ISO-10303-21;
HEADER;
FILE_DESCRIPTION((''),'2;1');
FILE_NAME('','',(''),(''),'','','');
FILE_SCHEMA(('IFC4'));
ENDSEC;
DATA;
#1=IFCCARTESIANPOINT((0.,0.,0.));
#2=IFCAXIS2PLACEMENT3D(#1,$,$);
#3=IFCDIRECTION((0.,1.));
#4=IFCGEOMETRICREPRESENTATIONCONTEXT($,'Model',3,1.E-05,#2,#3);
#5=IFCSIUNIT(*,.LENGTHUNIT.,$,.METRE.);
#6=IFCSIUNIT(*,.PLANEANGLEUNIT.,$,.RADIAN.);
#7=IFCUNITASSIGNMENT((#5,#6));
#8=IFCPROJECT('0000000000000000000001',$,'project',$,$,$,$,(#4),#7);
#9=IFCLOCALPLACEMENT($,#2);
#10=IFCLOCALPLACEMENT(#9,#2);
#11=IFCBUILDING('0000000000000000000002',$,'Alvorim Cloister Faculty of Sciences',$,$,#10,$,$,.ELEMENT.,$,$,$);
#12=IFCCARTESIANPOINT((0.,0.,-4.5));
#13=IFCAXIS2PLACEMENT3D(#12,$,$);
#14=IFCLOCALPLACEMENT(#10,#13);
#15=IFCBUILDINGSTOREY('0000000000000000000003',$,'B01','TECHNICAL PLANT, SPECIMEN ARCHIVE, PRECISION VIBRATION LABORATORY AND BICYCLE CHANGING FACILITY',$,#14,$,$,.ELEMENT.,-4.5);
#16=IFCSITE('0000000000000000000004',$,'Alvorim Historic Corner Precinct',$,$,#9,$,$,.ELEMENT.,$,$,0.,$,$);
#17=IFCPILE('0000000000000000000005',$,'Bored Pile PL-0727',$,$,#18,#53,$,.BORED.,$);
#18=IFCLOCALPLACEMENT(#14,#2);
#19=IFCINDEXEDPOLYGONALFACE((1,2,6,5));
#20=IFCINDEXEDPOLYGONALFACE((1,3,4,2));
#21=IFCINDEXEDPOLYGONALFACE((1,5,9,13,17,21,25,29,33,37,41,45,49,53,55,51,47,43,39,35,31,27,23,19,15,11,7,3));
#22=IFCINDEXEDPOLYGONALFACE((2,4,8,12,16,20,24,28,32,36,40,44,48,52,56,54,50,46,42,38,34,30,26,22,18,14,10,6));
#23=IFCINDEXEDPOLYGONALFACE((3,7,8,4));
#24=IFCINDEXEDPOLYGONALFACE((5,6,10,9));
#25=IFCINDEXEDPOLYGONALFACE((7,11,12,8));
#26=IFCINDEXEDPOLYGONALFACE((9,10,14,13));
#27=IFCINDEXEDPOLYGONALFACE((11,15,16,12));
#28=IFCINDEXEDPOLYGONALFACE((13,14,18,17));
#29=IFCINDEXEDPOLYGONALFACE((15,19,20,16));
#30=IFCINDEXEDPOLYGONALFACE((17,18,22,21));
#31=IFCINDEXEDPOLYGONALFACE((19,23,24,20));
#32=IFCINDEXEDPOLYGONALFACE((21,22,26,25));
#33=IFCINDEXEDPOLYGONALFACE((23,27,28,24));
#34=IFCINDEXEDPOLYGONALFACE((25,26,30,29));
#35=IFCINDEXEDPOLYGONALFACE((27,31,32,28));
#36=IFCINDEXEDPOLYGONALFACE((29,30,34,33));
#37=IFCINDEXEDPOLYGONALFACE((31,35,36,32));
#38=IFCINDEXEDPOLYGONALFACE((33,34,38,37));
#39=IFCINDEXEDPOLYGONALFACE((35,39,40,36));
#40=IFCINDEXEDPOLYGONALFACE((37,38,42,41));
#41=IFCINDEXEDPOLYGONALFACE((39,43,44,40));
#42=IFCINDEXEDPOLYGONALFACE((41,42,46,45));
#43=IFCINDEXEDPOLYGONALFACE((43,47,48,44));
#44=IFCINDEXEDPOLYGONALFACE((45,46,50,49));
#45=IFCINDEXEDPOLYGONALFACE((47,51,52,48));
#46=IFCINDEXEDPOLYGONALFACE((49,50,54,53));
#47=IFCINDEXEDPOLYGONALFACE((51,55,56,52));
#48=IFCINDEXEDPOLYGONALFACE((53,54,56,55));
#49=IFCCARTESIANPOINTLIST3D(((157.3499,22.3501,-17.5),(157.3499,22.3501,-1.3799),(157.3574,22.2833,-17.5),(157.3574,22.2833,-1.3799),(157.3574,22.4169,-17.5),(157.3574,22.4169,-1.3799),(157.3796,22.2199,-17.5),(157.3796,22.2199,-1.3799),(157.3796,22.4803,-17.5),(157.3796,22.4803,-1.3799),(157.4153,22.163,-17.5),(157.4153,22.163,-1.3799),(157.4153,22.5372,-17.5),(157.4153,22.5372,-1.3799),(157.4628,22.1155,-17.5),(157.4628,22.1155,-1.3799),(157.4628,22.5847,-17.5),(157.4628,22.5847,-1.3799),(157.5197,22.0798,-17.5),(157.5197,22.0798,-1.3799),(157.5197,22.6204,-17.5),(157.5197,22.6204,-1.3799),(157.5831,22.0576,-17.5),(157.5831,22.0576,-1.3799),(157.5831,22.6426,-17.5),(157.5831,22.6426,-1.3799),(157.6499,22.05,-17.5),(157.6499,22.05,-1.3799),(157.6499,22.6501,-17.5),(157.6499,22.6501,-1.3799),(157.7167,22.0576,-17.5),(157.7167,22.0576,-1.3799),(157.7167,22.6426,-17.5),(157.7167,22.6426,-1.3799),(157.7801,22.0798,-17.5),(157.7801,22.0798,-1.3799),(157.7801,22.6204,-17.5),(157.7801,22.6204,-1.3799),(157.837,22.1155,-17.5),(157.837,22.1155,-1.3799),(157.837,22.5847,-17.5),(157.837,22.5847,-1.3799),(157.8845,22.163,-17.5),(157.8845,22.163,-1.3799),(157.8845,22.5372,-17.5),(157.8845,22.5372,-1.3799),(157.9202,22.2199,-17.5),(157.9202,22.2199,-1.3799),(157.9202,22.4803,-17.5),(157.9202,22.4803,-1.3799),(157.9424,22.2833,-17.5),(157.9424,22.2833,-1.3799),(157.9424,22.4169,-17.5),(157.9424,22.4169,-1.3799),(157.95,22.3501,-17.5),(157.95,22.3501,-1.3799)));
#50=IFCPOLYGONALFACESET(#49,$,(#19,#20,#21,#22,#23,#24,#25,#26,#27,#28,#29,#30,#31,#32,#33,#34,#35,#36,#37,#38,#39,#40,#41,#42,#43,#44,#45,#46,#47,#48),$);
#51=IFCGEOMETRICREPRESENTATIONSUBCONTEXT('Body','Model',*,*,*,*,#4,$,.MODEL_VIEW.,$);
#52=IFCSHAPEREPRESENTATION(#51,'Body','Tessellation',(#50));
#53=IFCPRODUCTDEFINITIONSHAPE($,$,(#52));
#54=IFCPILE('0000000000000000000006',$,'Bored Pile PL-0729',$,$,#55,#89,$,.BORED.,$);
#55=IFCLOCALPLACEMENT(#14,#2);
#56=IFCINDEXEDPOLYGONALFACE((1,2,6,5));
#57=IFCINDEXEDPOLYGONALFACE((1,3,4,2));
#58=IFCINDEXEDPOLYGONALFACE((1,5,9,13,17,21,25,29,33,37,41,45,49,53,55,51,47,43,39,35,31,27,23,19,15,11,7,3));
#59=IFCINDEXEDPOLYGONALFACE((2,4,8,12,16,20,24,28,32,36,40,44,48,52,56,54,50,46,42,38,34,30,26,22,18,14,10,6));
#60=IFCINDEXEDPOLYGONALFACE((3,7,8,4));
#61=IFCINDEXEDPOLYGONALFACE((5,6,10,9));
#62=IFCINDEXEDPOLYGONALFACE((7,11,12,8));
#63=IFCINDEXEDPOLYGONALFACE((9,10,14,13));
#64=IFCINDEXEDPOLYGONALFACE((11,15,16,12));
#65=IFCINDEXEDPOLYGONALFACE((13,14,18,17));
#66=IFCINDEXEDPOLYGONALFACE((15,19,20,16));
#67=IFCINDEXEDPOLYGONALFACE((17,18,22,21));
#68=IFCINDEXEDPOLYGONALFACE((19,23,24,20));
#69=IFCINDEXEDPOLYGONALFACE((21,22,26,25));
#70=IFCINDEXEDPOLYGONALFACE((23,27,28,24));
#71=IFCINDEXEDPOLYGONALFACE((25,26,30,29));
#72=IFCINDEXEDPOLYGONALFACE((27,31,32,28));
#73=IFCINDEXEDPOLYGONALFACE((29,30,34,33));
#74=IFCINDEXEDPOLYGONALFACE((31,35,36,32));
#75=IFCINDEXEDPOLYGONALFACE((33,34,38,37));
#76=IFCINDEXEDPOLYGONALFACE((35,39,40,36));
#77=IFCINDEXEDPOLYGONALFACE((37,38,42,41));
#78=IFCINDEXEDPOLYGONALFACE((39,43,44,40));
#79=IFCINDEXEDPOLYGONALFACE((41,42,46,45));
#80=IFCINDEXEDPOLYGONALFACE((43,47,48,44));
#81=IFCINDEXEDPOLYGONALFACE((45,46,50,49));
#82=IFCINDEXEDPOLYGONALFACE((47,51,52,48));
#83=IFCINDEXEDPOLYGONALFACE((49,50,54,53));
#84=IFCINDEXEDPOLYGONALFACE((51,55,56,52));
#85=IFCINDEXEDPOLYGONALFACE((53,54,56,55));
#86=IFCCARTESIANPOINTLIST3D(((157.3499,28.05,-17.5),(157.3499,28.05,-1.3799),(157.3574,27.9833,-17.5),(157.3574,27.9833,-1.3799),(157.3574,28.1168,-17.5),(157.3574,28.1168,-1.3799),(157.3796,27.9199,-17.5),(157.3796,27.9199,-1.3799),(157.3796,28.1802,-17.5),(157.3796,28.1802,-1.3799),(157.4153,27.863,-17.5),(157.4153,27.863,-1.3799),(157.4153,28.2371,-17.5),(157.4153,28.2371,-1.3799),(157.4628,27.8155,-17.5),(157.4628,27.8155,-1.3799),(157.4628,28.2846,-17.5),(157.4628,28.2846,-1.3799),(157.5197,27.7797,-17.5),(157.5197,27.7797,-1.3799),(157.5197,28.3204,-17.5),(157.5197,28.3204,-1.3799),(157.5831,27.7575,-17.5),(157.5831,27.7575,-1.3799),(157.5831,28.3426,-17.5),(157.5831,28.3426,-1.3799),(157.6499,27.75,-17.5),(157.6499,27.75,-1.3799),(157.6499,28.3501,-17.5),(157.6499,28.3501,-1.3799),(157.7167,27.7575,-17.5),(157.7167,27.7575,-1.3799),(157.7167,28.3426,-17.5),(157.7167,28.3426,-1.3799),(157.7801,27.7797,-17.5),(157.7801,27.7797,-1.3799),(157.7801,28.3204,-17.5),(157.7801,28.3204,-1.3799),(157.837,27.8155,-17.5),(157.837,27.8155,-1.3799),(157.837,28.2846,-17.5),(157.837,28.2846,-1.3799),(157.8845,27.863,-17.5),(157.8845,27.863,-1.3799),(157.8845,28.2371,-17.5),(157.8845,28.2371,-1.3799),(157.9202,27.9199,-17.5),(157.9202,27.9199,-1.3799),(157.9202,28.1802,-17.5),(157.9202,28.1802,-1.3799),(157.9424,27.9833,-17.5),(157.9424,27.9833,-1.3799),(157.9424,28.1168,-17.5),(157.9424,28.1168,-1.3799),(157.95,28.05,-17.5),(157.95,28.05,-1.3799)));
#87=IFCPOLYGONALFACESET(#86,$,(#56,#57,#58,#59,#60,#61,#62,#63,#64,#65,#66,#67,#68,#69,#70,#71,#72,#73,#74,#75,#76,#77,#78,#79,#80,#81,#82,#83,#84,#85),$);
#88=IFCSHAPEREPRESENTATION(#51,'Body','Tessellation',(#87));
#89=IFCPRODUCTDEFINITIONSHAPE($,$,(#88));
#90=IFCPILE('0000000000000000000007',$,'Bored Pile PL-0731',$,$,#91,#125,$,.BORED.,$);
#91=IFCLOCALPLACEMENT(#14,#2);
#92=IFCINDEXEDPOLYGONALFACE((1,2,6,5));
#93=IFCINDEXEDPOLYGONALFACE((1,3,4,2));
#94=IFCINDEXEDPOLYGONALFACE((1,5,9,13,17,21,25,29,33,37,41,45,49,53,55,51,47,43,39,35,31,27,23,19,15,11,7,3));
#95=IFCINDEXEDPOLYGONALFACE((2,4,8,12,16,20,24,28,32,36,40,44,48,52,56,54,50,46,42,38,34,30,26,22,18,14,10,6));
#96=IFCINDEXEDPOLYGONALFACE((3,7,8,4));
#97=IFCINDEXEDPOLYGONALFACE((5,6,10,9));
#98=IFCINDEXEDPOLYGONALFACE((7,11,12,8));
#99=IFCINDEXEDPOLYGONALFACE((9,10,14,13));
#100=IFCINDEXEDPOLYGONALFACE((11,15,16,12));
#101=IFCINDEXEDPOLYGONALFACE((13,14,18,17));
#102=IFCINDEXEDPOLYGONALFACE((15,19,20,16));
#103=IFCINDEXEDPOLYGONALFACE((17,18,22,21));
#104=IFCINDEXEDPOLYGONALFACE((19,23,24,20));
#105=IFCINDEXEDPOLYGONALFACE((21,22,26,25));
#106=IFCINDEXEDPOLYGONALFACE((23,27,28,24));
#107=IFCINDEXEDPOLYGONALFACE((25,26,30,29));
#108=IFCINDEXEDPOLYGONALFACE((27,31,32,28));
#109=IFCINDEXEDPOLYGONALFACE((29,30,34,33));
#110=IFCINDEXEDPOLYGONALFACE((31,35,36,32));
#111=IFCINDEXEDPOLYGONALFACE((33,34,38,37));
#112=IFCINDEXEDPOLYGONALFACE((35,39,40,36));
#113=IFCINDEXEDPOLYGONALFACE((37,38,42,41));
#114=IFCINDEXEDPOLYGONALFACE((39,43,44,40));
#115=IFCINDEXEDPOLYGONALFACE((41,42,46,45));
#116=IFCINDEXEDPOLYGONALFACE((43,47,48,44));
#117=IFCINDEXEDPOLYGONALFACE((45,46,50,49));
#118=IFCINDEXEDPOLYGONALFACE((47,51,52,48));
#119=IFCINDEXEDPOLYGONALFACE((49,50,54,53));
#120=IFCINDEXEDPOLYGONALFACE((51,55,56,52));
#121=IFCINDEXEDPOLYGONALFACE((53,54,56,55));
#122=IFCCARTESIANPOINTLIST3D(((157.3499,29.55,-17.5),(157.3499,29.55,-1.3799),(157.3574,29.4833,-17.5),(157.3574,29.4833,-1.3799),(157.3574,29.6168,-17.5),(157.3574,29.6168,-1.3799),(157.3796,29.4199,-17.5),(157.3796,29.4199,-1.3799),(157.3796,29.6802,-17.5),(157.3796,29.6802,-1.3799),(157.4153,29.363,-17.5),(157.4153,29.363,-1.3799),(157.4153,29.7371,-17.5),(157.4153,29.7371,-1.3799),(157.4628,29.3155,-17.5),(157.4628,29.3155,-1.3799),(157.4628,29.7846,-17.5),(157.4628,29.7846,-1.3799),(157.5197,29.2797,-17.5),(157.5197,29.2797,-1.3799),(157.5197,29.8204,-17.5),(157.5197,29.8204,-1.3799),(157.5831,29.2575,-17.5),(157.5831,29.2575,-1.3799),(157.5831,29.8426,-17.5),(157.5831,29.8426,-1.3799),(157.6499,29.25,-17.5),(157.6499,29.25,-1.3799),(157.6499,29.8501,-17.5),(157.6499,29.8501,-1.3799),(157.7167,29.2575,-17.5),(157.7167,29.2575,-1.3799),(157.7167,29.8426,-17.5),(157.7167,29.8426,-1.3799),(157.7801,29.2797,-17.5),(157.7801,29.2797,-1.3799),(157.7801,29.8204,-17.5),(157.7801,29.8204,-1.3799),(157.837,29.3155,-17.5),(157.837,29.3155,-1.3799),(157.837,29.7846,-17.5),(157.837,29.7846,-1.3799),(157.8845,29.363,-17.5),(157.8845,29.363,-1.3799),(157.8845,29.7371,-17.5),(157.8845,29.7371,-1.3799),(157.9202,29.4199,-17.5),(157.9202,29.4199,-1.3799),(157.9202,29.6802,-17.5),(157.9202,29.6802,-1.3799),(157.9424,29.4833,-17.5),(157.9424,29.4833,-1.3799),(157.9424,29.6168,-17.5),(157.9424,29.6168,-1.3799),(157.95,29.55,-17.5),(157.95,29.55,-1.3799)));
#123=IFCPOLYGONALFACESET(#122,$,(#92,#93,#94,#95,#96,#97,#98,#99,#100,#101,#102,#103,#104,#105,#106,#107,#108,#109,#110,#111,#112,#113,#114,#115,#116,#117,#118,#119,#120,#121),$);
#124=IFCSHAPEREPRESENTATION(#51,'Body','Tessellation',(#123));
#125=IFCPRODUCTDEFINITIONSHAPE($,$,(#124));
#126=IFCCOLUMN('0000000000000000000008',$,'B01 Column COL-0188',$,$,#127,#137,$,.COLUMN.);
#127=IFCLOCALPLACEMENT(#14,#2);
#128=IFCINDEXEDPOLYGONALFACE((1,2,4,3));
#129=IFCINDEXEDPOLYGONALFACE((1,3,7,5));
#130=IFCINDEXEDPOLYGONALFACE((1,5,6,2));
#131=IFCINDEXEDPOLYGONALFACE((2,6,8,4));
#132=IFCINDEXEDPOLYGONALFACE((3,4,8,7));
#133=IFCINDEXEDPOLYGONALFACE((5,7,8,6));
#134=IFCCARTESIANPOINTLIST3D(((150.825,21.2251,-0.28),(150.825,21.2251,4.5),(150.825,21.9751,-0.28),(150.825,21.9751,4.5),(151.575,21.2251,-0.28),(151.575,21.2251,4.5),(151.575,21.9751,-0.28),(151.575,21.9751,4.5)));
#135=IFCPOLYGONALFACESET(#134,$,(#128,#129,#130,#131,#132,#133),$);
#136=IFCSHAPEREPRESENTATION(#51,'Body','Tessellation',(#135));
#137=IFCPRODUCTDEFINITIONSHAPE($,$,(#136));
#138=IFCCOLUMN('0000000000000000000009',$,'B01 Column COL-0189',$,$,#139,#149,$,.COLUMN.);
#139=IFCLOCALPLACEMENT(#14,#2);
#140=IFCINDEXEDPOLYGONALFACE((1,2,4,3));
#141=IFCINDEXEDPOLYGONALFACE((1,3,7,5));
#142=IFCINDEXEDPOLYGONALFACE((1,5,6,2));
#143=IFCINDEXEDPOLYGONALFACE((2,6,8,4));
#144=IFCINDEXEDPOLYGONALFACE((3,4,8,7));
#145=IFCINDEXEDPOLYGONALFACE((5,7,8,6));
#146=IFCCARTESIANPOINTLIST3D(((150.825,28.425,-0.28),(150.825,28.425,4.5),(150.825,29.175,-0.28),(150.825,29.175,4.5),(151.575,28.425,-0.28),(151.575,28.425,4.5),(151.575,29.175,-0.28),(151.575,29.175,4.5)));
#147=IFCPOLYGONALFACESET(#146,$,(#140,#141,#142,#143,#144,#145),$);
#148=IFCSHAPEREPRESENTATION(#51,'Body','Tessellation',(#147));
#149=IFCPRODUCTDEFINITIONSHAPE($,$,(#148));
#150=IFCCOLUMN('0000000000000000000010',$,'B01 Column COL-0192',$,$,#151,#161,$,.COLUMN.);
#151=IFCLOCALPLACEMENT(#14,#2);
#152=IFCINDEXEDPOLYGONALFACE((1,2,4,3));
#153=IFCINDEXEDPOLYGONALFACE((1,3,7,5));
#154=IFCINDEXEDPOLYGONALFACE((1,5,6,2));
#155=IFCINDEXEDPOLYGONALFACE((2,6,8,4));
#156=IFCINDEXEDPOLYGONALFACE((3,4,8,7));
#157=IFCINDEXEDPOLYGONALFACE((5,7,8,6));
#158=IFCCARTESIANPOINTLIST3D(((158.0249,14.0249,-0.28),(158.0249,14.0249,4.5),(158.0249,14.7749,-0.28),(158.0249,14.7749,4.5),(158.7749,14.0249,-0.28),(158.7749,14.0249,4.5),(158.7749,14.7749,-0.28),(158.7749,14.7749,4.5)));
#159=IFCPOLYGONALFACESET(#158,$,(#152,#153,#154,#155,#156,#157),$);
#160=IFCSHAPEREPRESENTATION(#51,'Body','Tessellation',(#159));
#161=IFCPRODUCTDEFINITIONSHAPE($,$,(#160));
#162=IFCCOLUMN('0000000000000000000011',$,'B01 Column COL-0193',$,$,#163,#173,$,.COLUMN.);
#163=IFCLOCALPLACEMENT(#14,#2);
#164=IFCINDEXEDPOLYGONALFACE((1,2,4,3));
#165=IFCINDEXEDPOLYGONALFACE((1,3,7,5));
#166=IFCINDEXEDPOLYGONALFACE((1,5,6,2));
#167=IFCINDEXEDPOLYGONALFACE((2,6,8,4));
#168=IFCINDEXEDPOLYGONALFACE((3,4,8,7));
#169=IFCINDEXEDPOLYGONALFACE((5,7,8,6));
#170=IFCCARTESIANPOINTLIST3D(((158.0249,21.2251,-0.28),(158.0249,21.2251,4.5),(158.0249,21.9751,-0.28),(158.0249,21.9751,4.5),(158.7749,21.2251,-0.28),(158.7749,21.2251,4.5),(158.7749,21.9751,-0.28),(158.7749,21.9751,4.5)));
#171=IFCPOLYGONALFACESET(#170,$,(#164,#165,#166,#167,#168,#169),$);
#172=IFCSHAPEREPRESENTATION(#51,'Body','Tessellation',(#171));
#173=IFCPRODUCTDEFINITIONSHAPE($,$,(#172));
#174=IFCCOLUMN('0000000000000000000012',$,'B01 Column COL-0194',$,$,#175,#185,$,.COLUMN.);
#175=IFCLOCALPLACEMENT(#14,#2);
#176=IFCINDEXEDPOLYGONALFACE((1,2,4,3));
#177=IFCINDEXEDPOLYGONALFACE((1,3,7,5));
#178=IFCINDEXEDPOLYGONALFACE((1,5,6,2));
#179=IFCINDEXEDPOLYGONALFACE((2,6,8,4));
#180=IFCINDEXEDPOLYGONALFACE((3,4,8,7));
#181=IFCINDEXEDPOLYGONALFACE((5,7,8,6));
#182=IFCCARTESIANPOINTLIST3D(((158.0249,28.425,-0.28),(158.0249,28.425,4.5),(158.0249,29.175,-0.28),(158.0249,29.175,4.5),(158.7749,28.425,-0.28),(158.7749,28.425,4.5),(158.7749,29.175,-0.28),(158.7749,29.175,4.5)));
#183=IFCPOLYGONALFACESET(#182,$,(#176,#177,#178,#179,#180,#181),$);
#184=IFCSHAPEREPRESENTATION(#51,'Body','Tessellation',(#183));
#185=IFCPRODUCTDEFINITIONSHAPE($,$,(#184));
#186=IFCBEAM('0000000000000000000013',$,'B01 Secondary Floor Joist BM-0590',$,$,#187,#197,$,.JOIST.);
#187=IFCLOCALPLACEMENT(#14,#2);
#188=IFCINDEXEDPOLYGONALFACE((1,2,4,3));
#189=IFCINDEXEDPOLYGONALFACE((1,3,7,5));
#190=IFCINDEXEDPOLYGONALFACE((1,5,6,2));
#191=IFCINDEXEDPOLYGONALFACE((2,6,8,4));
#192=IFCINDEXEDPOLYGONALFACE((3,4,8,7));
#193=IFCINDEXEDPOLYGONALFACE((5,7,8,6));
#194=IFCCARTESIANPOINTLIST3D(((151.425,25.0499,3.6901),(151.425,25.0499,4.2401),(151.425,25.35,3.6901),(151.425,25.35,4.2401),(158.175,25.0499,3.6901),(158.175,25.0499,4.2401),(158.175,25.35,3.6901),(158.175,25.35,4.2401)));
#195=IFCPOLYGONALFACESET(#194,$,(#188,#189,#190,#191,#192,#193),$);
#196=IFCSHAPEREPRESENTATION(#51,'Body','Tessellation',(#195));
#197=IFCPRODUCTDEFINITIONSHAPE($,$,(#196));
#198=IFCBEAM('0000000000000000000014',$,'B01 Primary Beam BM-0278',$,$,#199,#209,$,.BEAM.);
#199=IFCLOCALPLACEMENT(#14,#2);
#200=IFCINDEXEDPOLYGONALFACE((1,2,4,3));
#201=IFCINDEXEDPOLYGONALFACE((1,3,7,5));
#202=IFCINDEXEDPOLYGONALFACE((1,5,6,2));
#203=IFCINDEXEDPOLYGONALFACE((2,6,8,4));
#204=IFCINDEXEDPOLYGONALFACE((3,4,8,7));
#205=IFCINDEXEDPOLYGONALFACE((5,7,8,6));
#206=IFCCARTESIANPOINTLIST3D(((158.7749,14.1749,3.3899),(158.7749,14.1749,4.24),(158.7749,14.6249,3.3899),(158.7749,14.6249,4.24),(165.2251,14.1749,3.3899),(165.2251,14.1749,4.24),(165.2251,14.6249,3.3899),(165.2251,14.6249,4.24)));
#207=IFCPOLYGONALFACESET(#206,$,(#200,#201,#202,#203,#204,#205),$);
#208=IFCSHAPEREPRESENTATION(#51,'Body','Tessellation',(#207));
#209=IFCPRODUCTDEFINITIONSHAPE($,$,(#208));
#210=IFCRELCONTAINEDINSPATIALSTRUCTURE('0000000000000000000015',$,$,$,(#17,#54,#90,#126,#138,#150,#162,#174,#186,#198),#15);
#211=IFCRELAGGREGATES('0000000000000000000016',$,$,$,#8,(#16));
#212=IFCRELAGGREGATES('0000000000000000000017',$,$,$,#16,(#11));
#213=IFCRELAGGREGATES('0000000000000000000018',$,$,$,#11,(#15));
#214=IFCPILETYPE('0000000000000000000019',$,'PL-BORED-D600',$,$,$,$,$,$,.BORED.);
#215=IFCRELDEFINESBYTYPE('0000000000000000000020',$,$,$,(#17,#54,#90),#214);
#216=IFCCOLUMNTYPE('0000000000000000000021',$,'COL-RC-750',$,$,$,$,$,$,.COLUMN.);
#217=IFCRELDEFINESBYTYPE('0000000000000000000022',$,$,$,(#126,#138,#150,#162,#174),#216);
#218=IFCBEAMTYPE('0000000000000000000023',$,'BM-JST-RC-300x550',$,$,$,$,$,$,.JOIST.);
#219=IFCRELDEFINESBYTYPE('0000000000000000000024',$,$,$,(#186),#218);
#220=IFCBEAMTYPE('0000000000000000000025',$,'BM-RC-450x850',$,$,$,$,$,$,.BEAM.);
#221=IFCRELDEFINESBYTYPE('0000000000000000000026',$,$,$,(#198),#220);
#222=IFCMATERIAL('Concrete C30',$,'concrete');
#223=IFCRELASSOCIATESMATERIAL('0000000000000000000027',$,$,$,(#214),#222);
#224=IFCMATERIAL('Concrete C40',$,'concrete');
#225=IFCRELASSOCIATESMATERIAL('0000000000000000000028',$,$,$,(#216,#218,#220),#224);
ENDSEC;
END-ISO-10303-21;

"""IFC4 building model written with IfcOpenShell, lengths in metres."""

from ifc_helpers import new_model, si_unit, direction, frame, origin, origin_2d, place, context, subcontext, project, spatial, rectangle, circle, extrude, material, material_profile, profile_set, type_object, element, save


model = new_model("IFC4")

# Units and contexts
model_context = context("Model", 3, precision=1e-05, world=origin(), true_north=direction((0.0, 1.0)))
body_context = subcontext(model_context, "Body", "Model", "MODEL_VIEW")
ifc_project = project(units=[si_unit("LENGTHUNIT", "METRE"), si_unit("PLANEANGLEUNIT", "RADIAN")], contexts=[model_context])

# Site, building, storey
site_placement = place(None, origin())
site = spatial("IfcSite", under=ifc_project, at=site_placement, Name="Alvorim Historic Corner Precinct", CompositionType="ELEMENT", RefElevation=0.0)
building_placement = place(site_placement, origin())
building = spatial("IfcBuilding", under=site, at=building_placement, Name="Alvorim Cloister Faculty of Sciences", CompositionType="ELEMENT")
storey_placement = place(building_placement, frame((0.0, 0.0, -4.5)))
storey = spatial("IfcBuildingStorey", under=building, at=storey_placement, Name="B01", Description="TECHNICAL PLANT, SPECIMEN ARCHIVE, PRECISION VIBRATION LABORATORY AND BICYCLE CHANGING FACILITY", CompositionType="ELEMENT", Elevation=-4.5)

# Shared definitions
ifc_material_1 = material(Name="Concrete C40", Category="concrete")

# Piles
ifc_material_2 = material(Name="Concrete C30", Category="concrete")
ifc_material_profile_1 = material_profile(ifc_material_2, circle(Radius=0.3, at=origin_2d()), Name="PILE-D600")
ifc_profile_set_1 = profile_set([ifc_material_profile_1], Name="Concrete C30")
pile_type = type_object("IfcPileType", Name="PL-BORED-D600", PredefinedType="BORED", material=ifc_profile_set_1)
for number, where, z_axis, x_axis, name in (
    (1, (157.6499, 22.3501, -1.3799), (0.0, 0.0, -1.0), (1.0, 0.0, 0.0), "Bored Pile PL-0727"),
    (2, (157.6499, 28.05, -1.3799), (0.0, 0.0, -1.0), (1.0, 0.0, 0.0), "Bored Pile PL-0729"),
    (3, (157.6499, 29.55, -1.3799), (0.0, 0.0, -1.0), (1.0, 0.0, 0.0), "Bored Pile PL-0731"),
):
    element("IfcPile", number, at=place(storey_placement, frame(where, z_axis=z_axis, x_axis=x_axis)), inside=storey, type_object=pile_type, Name=name, PredefinedType="BORED", context=body_context, shape_type="SweptSolid", body=[
        extrude(circle(Radius=0.3, at=origin_2d()), origin(), (0.0, 0.0, 1.0), 16.1201),
    ])

# Columns
ifc_material_profile_2 = material_profile(ifc_material_1, rectangle(XDim=0.75, YDim=0.75, at=origin_2d()), Name="RC40-COL-750x750")
ifc_profile_set_2 = profile_set([ifc_material_profile_2], Name="Concrete C40")
column_type = type_object("IfcColumnType", Name="COL-RC-750", PredefinedType="COLUMN", material=ifc_profile_set_2)
for number, where, z_axis, x_axis, name in (
    (4, (151.2, 21.6001, -0.28), (0.0, 0.0, 1.0), (1.0, 0.0, 0.0), "B01 Column COL-0188"),
    (5, (151.2, 28.8, -0.28), (0.0, 0.0, 1.0), (1.0, 0.0, 0.0), "B01 Column COL-0189"),
    (6, (158.3999, 14.3999, -0.28), (0.0, 0.0, 1.0), (1.0, 0.0, 0.0), "B01 Column COL-0192"),
    (7, (158.3999, 21.6001, -0.28), (0.0, 0.0, 1.0), (1.0, 0.0, 0.0), "B01 Column COL-0193"),
    (8, (158.3999, 28.8, -0.28), (0.0, 0.0, 1.0), (1.0, 0.0, 0.0), "B01 Column COL-0194"),
):
    element("IfcColumn", number, at=place(storey_placement, frame(where, z_axis=z_axis, x_axis=x_axis)), inside=storey, type_object=column_type, Name=name, PredefinedType="COLUMN", context=body_context, shape_type="SweptSolid", body=[
        extrude(rectangle(XDim=0.75, YDim=0.75, at=origin_2d()), origin(), (0.0, 0.0, 1.0), 4.78),
    ])

# Beams
ifc_material_profile_3 = material_profile(ifc_material_1, rectangle(XDim=0.3, YDim=0.55, at=origin_2d()), Name="RC40-JST-300x550")
ifc_profile_set_3 = profile_set([ifc_material_profile_3], Name="Concrete C40")
beam_type_1 = type_object("IfcBeamType", Name="BM-JST-RC-300x550", PredefinedType="JOIST", material=ifc_profile_set_3)
beam_1_placement = place(storey_placement, frame((151.425, 25.2, 3.9651), z_axis=(1.0, 0.0, 0.0), x_axis=(0.0, 1.0, 0.0)))
element("IfcBeam", 9, at=beam_1_placement, inside=storey, type_object=beam_type_1, Name="B01 Secondary Floor Joist BM-0590", PredefinedType="JOIST", context=body_context, shape_type="SweptSolid", body=[
    extrude(rectangle(XDim=0.3, YDim=0.55, at=origin_2d()), origin(), (0.0, 0.0, 1.0), 6.75),
])
ifc_material_profile_4 = material_profile(ifc_material_1, rectangle(XDim=0.45, YDim=0.8501, at=origin_2d()), Name="RC40-BM-450x850")
ifc_profile_set_4 = profile_set([ifc_material_profile_4], Name="Concrete C40")
beam_type_2 = type_object("IfcBeamType", Name="BM-RC-450x850", PredefinedType="BEAM", material=ifc_profile_set_4)
beam_2_placement = place(storey_placement, frame((158.7749, 14.3999, 3.8149), z_axis=(1.0, 0.0, 0.0), x_axis=(0.0, 1.0, 0.0)))
element("IfcBeam", 10, at=beam_2_placement, inside=storey, type_object=beam_type_2, Name="B01 Primary Beam BM-0278", PredefinedType="BEAM", context=body_context, shape_type="SweptSolid", body=[
    extrude(rectangle(XDim=0.45, YDim=0.8501, at=origin_2d()), origin(), (0.0, 0.0, 1.0), 6.4502),
])

save(model, "model.ifc")
